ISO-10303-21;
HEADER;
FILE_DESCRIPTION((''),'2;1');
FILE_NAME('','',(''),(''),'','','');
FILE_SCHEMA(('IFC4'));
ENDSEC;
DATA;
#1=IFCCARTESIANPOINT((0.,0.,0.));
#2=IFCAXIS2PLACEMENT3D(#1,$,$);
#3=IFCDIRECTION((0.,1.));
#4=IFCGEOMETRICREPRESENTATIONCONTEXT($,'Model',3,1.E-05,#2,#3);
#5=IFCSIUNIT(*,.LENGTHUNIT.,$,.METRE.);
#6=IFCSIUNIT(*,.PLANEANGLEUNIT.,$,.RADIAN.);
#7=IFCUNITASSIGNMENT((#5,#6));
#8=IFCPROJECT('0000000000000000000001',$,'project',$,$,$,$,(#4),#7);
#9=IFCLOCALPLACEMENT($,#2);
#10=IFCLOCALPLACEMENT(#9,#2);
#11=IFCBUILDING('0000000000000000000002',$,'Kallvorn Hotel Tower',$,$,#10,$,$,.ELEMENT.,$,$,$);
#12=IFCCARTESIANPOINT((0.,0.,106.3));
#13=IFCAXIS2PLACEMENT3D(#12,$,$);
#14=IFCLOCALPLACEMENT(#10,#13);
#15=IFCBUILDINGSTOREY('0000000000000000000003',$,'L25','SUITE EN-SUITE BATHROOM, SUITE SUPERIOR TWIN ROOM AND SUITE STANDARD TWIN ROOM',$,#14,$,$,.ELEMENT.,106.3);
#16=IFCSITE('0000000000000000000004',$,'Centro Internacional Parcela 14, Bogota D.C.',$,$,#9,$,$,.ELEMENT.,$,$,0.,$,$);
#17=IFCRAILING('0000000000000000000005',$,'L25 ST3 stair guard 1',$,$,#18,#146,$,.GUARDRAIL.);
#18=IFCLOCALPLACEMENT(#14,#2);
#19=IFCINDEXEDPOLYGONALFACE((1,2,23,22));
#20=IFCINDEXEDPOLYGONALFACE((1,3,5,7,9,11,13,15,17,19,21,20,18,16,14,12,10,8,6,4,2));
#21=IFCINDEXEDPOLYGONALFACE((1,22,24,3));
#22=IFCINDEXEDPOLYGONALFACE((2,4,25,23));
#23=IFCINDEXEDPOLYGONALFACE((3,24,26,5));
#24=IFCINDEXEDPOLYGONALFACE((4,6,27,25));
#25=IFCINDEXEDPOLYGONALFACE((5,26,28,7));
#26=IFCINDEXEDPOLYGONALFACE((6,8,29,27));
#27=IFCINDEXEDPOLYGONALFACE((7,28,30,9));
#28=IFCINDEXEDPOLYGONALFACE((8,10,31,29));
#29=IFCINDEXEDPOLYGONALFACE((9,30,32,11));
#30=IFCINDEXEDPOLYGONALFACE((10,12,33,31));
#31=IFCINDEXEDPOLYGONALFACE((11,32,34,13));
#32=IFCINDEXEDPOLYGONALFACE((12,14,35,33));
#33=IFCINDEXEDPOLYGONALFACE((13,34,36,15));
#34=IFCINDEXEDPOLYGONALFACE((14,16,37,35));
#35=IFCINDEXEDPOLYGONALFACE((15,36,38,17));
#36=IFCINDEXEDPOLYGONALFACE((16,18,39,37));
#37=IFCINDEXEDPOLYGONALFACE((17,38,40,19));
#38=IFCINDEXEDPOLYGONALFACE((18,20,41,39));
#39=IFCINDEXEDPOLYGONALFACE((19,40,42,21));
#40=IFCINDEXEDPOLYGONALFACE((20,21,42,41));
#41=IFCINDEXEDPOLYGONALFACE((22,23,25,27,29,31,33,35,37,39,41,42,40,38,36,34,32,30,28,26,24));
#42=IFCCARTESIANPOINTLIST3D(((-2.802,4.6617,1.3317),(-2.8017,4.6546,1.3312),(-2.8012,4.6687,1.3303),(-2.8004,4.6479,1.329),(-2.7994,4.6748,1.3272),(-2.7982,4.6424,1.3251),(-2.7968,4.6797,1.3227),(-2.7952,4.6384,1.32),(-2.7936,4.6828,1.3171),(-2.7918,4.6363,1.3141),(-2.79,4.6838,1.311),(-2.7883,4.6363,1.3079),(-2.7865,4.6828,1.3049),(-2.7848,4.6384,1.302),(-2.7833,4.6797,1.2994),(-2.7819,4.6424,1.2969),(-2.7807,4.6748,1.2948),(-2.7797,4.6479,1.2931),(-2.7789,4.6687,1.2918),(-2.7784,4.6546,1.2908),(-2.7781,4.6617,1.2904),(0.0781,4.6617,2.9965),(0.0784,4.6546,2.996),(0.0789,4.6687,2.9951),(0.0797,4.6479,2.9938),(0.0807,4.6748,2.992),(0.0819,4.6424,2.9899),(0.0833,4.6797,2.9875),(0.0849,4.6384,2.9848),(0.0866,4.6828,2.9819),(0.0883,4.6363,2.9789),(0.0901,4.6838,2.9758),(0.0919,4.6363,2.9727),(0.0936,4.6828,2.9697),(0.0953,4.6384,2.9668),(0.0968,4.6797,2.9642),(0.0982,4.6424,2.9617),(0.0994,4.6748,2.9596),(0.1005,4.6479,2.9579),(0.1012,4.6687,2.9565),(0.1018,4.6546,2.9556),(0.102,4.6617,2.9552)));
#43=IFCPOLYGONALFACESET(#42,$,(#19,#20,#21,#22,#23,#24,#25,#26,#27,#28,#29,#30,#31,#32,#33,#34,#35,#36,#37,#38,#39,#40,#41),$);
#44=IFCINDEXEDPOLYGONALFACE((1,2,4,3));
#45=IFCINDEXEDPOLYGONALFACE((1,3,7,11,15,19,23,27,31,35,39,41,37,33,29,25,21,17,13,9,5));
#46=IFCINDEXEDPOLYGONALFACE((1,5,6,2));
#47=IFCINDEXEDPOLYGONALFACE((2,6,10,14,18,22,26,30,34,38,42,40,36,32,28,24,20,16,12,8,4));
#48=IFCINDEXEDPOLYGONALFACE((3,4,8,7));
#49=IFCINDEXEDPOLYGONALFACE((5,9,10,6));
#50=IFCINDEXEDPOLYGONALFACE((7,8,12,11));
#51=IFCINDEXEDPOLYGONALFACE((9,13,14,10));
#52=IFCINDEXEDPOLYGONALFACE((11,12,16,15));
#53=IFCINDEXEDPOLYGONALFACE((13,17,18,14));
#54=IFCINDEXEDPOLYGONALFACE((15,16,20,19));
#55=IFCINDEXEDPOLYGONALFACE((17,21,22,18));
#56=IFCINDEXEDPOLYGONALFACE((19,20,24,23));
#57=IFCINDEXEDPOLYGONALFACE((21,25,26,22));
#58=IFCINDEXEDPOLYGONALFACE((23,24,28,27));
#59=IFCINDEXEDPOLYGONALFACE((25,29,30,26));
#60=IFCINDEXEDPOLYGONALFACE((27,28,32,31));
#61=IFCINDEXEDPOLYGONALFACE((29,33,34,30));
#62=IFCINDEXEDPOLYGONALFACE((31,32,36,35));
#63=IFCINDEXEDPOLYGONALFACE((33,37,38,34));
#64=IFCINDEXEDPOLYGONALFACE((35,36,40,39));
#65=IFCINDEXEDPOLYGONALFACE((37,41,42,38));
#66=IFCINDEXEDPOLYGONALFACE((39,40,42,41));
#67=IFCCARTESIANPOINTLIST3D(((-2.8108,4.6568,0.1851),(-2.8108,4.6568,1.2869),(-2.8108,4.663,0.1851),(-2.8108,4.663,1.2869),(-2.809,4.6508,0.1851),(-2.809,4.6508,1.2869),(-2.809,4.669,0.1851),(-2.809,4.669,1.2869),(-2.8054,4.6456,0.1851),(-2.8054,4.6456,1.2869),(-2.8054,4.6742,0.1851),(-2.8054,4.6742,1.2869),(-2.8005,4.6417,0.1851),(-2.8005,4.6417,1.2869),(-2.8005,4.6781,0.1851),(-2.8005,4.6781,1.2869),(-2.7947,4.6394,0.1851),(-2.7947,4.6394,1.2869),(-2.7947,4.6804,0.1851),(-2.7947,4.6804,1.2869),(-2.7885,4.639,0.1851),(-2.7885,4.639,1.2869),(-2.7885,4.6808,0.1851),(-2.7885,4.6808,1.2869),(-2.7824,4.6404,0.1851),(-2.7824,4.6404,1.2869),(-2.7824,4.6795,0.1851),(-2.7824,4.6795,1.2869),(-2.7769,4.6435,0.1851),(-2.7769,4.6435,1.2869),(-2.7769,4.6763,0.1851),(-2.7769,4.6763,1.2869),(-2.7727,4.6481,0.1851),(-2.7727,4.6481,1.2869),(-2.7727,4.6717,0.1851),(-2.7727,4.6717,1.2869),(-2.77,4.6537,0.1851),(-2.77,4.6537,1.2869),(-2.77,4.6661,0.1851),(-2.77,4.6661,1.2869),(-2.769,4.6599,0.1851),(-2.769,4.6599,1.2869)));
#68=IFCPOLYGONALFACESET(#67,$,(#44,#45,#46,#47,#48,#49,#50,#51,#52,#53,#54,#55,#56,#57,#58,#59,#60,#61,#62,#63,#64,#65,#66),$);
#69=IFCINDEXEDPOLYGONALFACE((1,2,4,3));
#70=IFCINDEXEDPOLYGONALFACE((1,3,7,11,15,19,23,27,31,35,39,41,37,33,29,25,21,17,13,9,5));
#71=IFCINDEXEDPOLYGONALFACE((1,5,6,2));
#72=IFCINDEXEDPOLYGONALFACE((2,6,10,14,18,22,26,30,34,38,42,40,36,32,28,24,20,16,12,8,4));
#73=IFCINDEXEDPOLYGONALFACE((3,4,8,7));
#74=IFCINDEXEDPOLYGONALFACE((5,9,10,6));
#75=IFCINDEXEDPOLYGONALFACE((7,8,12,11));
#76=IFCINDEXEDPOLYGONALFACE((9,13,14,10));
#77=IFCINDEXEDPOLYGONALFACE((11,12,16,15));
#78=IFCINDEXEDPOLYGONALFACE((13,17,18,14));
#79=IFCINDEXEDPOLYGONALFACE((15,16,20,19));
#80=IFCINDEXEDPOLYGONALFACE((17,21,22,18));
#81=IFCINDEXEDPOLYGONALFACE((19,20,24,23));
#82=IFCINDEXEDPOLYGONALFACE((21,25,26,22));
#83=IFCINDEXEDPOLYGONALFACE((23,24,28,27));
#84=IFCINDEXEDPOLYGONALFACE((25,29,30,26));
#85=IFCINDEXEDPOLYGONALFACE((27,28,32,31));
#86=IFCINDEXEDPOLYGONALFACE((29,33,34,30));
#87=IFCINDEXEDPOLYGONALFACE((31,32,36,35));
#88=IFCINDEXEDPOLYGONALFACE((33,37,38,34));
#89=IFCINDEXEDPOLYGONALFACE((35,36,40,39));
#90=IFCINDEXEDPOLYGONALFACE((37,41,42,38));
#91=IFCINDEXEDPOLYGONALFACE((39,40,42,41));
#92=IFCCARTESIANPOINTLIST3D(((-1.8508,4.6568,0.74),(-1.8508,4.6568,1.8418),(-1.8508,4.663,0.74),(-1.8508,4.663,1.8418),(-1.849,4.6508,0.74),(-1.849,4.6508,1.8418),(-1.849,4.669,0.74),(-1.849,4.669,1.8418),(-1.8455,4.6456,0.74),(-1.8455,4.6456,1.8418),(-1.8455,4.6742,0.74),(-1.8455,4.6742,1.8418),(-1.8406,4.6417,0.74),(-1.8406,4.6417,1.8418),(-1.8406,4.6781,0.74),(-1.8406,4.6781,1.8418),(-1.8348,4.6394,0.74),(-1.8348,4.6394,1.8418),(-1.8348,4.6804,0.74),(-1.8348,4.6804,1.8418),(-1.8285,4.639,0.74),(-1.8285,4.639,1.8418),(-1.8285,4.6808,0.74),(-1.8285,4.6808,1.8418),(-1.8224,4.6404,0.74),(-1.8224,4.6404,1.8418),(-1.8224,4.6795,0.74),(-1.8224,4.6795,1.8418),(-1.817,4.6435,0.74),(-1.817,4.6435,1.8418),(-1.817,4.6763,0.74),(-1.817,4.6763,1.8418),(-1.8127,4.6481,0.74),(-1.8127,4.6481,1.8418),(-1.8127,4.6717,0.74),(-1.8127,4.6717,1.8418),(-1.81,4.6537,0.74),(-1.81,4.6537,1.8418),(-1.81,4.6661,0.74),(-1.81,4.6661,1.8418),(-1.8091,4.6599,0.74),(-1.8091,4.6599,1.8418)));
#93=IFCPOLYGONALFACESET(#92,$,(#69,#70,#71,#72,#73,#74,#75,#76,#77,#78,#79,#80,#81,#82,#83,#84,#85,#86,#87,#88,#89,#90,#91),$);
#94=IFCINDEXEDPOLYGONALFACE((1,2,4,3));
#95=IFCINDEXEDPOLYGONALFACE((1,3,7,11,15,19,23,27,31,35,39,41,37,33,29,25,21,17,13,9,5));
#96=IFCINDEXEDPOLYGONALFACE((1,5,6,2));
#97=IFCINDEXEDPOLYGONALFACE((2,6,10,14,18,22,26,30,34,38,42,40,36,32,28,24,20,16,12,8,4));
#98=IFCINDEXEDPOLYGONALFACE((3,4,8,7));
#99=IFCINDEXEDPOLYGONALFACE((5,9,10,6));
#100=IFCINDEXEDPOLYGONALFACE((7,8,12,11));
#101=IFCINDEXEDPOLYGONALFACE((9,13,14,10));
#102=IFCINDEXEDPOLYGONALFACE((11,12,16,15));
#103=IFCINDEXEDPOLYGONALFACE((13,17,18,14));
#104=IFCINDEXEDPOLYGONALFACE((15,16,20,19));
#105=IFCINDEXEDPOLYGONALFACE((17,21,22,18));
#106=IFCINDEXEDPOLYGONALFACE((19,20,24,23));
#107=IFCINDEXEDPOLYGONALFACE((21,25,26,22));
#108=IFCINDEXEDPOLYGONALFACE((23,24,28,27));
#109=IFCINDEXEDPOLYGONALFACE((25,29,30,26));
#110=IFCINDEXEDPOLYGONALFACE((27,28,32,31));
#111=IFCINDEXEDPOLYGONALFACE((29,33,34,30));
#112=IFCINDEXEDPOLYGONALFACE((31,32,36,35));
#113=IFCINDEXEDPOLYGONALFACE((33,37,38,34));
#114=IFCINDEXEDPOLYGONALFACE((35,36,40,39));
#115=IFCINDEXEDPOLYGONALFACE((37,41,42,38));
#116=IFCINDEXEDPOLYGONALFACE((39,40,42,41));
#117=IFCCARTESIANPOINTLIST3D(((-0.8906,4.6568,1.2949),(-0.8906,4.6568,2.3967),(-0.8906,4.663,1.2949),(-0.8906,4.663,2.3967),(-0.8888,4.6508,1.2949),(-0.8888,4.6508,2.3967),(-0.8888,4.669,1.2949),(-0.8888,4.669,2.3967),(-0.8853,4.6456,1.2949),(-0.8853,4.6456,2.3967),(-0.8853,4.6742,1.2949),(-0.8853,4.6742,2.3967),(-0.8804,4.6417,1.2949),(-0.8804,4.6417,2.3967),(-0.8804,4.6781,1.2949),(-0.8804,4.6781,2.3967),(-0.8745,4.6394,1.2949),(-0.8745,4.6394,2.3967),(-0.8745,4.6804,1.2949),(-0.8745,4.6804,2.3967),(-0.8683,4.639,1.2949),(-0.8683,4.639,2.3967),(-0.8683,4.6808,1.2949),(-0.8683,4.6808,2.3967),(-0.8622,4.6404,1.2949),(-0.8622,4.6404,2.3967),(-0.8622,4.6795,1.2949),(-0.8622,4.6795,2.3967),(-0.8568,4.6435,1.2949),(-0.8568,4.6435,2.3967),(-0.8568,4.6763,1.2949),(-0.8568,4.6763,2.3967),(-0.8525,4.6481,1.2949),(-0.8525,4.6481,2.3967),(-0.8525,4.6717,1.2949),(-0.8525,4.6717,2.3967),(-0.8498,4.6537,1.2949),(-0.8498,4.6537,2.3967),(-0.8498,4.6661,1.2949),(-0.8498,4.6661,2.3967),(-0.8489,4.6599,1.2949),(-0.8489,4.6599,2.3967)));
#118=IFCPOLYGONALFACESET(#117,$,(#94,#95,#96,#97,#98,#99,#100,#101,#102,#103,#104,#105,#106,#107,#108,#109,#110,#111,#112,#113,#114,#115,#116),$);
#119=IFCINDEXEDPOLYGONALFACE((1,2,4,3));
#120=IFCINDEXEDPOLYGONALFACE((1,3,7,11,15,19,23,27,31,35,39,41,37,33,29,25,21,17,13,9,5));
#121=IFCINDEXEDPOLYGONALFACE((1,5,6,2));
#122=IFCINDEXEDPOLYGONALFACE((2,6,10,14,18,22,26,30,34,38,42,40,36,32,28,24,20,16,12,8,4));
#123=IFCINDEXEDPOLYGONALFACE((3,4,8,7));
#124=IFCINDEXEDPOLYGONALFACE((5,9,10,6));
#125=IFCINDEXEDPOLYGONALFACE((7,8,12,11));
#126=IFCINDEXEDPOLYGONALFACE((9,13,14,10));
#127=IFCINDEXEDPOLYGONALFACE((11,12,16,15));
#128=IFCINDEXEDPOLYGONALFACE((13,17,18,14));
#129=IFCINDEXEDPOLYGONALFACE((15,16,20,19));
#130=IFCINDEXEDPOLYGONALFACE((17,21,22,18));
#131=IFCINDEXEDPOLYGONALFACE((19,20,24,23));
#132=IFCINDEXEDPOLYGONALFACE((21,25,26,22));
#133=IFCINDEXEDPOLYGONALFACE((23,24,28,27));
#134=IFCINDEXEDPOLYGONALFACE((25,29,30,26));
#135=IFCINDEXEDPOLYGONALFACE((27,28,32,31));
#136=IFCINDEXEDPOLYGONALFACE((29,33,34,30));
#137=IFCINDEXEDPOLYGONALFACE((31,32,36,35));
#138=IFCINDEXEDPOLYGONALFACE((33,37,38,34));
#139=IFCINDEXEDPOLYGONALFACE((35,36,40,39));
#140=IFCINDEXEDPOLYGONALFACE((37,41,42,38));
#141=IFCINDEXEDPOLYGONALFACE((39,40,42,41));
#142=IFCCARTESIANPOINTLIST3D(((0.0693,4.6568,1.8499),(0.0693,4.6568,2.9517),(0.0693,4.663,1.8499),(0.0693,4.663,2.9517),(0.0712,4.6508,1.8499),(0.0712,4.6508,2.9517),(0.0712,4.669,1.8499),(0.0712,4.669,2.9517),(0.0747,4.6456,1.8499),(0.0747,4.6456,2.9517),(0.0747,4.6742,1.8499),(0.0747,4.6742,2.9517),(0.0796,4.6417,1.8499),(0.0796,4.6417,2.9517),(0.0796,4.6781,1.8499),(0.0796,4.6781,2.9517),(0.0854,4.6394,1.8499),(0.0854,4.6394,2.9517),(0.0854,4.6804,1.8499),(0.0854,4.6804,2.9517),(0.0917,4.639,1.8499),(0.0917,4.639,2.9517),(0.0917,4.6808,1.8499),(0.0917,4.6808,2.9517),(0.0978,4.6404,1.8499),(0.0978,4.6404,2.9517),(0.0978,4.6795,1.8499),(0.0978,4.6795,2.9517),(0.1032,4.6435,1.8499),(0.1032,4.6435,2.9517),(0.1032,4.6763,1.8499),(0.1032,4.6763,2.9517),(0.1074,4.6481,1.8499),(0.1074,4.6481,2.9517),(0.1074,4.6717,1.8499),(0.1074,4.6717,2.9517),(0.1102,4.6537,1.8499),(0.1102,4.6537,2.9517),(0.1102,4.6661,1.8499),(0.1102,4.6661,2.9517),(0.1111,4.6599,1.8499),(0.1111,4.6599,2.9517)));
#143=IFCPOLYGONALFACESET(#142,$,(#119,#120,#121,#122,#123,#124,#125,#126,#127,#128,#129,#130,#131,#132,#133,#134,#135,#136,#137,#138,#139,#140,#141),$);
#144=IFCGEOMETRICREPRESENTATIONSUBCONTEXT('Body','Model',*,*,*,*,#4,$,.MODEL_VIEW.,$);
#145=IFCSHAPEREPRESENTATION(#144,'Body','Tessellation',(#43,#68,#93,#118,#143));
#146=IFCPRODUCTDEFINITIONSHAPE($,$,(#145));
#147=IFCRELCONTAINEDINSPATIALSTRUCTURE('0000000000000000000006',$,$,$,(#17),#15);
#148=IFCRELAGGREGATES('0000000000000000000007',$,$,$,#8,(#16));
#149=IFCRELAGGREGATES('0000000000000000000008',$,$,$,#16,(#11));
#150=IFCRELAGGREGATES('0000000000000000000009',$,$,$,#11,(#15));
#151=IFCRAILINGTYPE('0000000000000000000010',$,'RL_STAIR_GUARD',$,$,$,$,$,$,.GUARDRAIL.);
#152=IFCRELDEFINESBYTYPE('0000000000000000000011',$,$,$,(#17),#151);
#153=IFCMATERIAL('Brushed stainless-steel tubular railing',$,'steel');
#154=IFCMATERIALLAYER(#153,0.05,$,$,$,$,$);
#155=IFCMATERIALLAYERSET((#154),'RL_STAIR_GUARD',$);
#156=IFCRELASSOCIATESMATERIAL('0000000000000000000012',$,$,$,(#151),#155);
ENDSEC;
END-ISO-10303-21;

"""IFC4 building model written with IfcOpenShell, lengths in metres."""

from ifc_helpers import new_model, si_unit, direction, frame, origin, origin_2d, place, context, subcontext, project, spatial, circle, extrude, material, layer, layer_set, type_object, element, save


model = new_model("IFC4")

# Units and contexts
model_context = context("Model", 3, precision=1e-05, world=origin(), true_north=direction((0.0, 1.0)))
body_context = subcontext(model_context, "Body", "Model", "MODEL_VIEW")
ifc_project = project(units=[si_unit("LENGTHUNIT", "METRE"), si_unit("PLANEANGLEUNIT", "RADIAN")], contexts=[model_context])

# Site, building, storey
site_placement = place(None, origin())
site = spatial("IfcSite", under=ifc_project, at=site_placement, Name="Centro Internacional Parcela 14, Bogota D.C.", CompositionType="ELEMENT", RefElevation=0.0)
building_placement = place(site_placement, origin())
building = spatial("IfcBuilding", under=site, at=building_placement, Name="Kallvorn Hotel Tower", CompositionType="ELEMENT")
storey_placement = place(building_placement, frame((0.0, 0.0, 106.3)))
storey = spatial("IfcBuildingStorey", under=building, at=storey_placement, Name="L25", Description="SUITE EN-SUITE BATHROOM, SUITE SUPERIOR TWIN ROOM AND SUITE STANDARD TWIN ROOM", CompositionType="ELEMENT", Elevation=106.3)

# Railing
ifc_material_1 = material(Name="Brushed stainless-steel tubular railing", Category="steel")
ifc_layer_1 = layer(ifc_material_1, 0.05)
ifc_layer_set_1 = layer_set([ifc_layer_1], Name="RL_STAIR_GUARD")
railing_type_1 = type_object("IfcRailingType", Name="RL_STAIR_GUARD", PredefinedType="GUARDRAIL", material=ifc_layer_set_1)
railing_1_placement = place(storey_placement, frame((-2.79, 4.6599, 0.1851)))
element("IfcRailing", 1, at=railing_1_placement, inside=storey, type_object=railing_type_1, Name="L25 ST3 stair guard 1", PredefinedType="GUARDRAIL", context=body_context, shape_type="SweptSolid", body=[
    extrude(circle(Radius=0.0239, at=origin_2d()), frame((0.0, 0.0, 1.126), z_axis=(0.865771, 0.0, 0.50044), x_axis=(0.0, 1.0, 0.0)), (0.0, 0.0, 1.0), 3.3267),
    extrude(circle(Radius=0.021, at=origin_2d()), origin(), (0.0, 0.0, 1.0), 1.1018),
    extrude(circle(Radius=0.021, at=origin_2d()), frame((0.96, 0.0, 0.5549)), (0.0, 0.0, 1.0), 1.1018),
    extrude(circle(Radius=0.021, at=origin_2d()), frame((1.9202, 0.0, 1.1099)), (0.0, 0.0, 1.0), 1.1018),
    extrude(circle(Radius=0.021, at=origin_2d()), frame((2.8801, 0.0, 1.6648)), (0.0, 0.0, 1.0), 1.1018),
])

save(model, "model.ifc")
